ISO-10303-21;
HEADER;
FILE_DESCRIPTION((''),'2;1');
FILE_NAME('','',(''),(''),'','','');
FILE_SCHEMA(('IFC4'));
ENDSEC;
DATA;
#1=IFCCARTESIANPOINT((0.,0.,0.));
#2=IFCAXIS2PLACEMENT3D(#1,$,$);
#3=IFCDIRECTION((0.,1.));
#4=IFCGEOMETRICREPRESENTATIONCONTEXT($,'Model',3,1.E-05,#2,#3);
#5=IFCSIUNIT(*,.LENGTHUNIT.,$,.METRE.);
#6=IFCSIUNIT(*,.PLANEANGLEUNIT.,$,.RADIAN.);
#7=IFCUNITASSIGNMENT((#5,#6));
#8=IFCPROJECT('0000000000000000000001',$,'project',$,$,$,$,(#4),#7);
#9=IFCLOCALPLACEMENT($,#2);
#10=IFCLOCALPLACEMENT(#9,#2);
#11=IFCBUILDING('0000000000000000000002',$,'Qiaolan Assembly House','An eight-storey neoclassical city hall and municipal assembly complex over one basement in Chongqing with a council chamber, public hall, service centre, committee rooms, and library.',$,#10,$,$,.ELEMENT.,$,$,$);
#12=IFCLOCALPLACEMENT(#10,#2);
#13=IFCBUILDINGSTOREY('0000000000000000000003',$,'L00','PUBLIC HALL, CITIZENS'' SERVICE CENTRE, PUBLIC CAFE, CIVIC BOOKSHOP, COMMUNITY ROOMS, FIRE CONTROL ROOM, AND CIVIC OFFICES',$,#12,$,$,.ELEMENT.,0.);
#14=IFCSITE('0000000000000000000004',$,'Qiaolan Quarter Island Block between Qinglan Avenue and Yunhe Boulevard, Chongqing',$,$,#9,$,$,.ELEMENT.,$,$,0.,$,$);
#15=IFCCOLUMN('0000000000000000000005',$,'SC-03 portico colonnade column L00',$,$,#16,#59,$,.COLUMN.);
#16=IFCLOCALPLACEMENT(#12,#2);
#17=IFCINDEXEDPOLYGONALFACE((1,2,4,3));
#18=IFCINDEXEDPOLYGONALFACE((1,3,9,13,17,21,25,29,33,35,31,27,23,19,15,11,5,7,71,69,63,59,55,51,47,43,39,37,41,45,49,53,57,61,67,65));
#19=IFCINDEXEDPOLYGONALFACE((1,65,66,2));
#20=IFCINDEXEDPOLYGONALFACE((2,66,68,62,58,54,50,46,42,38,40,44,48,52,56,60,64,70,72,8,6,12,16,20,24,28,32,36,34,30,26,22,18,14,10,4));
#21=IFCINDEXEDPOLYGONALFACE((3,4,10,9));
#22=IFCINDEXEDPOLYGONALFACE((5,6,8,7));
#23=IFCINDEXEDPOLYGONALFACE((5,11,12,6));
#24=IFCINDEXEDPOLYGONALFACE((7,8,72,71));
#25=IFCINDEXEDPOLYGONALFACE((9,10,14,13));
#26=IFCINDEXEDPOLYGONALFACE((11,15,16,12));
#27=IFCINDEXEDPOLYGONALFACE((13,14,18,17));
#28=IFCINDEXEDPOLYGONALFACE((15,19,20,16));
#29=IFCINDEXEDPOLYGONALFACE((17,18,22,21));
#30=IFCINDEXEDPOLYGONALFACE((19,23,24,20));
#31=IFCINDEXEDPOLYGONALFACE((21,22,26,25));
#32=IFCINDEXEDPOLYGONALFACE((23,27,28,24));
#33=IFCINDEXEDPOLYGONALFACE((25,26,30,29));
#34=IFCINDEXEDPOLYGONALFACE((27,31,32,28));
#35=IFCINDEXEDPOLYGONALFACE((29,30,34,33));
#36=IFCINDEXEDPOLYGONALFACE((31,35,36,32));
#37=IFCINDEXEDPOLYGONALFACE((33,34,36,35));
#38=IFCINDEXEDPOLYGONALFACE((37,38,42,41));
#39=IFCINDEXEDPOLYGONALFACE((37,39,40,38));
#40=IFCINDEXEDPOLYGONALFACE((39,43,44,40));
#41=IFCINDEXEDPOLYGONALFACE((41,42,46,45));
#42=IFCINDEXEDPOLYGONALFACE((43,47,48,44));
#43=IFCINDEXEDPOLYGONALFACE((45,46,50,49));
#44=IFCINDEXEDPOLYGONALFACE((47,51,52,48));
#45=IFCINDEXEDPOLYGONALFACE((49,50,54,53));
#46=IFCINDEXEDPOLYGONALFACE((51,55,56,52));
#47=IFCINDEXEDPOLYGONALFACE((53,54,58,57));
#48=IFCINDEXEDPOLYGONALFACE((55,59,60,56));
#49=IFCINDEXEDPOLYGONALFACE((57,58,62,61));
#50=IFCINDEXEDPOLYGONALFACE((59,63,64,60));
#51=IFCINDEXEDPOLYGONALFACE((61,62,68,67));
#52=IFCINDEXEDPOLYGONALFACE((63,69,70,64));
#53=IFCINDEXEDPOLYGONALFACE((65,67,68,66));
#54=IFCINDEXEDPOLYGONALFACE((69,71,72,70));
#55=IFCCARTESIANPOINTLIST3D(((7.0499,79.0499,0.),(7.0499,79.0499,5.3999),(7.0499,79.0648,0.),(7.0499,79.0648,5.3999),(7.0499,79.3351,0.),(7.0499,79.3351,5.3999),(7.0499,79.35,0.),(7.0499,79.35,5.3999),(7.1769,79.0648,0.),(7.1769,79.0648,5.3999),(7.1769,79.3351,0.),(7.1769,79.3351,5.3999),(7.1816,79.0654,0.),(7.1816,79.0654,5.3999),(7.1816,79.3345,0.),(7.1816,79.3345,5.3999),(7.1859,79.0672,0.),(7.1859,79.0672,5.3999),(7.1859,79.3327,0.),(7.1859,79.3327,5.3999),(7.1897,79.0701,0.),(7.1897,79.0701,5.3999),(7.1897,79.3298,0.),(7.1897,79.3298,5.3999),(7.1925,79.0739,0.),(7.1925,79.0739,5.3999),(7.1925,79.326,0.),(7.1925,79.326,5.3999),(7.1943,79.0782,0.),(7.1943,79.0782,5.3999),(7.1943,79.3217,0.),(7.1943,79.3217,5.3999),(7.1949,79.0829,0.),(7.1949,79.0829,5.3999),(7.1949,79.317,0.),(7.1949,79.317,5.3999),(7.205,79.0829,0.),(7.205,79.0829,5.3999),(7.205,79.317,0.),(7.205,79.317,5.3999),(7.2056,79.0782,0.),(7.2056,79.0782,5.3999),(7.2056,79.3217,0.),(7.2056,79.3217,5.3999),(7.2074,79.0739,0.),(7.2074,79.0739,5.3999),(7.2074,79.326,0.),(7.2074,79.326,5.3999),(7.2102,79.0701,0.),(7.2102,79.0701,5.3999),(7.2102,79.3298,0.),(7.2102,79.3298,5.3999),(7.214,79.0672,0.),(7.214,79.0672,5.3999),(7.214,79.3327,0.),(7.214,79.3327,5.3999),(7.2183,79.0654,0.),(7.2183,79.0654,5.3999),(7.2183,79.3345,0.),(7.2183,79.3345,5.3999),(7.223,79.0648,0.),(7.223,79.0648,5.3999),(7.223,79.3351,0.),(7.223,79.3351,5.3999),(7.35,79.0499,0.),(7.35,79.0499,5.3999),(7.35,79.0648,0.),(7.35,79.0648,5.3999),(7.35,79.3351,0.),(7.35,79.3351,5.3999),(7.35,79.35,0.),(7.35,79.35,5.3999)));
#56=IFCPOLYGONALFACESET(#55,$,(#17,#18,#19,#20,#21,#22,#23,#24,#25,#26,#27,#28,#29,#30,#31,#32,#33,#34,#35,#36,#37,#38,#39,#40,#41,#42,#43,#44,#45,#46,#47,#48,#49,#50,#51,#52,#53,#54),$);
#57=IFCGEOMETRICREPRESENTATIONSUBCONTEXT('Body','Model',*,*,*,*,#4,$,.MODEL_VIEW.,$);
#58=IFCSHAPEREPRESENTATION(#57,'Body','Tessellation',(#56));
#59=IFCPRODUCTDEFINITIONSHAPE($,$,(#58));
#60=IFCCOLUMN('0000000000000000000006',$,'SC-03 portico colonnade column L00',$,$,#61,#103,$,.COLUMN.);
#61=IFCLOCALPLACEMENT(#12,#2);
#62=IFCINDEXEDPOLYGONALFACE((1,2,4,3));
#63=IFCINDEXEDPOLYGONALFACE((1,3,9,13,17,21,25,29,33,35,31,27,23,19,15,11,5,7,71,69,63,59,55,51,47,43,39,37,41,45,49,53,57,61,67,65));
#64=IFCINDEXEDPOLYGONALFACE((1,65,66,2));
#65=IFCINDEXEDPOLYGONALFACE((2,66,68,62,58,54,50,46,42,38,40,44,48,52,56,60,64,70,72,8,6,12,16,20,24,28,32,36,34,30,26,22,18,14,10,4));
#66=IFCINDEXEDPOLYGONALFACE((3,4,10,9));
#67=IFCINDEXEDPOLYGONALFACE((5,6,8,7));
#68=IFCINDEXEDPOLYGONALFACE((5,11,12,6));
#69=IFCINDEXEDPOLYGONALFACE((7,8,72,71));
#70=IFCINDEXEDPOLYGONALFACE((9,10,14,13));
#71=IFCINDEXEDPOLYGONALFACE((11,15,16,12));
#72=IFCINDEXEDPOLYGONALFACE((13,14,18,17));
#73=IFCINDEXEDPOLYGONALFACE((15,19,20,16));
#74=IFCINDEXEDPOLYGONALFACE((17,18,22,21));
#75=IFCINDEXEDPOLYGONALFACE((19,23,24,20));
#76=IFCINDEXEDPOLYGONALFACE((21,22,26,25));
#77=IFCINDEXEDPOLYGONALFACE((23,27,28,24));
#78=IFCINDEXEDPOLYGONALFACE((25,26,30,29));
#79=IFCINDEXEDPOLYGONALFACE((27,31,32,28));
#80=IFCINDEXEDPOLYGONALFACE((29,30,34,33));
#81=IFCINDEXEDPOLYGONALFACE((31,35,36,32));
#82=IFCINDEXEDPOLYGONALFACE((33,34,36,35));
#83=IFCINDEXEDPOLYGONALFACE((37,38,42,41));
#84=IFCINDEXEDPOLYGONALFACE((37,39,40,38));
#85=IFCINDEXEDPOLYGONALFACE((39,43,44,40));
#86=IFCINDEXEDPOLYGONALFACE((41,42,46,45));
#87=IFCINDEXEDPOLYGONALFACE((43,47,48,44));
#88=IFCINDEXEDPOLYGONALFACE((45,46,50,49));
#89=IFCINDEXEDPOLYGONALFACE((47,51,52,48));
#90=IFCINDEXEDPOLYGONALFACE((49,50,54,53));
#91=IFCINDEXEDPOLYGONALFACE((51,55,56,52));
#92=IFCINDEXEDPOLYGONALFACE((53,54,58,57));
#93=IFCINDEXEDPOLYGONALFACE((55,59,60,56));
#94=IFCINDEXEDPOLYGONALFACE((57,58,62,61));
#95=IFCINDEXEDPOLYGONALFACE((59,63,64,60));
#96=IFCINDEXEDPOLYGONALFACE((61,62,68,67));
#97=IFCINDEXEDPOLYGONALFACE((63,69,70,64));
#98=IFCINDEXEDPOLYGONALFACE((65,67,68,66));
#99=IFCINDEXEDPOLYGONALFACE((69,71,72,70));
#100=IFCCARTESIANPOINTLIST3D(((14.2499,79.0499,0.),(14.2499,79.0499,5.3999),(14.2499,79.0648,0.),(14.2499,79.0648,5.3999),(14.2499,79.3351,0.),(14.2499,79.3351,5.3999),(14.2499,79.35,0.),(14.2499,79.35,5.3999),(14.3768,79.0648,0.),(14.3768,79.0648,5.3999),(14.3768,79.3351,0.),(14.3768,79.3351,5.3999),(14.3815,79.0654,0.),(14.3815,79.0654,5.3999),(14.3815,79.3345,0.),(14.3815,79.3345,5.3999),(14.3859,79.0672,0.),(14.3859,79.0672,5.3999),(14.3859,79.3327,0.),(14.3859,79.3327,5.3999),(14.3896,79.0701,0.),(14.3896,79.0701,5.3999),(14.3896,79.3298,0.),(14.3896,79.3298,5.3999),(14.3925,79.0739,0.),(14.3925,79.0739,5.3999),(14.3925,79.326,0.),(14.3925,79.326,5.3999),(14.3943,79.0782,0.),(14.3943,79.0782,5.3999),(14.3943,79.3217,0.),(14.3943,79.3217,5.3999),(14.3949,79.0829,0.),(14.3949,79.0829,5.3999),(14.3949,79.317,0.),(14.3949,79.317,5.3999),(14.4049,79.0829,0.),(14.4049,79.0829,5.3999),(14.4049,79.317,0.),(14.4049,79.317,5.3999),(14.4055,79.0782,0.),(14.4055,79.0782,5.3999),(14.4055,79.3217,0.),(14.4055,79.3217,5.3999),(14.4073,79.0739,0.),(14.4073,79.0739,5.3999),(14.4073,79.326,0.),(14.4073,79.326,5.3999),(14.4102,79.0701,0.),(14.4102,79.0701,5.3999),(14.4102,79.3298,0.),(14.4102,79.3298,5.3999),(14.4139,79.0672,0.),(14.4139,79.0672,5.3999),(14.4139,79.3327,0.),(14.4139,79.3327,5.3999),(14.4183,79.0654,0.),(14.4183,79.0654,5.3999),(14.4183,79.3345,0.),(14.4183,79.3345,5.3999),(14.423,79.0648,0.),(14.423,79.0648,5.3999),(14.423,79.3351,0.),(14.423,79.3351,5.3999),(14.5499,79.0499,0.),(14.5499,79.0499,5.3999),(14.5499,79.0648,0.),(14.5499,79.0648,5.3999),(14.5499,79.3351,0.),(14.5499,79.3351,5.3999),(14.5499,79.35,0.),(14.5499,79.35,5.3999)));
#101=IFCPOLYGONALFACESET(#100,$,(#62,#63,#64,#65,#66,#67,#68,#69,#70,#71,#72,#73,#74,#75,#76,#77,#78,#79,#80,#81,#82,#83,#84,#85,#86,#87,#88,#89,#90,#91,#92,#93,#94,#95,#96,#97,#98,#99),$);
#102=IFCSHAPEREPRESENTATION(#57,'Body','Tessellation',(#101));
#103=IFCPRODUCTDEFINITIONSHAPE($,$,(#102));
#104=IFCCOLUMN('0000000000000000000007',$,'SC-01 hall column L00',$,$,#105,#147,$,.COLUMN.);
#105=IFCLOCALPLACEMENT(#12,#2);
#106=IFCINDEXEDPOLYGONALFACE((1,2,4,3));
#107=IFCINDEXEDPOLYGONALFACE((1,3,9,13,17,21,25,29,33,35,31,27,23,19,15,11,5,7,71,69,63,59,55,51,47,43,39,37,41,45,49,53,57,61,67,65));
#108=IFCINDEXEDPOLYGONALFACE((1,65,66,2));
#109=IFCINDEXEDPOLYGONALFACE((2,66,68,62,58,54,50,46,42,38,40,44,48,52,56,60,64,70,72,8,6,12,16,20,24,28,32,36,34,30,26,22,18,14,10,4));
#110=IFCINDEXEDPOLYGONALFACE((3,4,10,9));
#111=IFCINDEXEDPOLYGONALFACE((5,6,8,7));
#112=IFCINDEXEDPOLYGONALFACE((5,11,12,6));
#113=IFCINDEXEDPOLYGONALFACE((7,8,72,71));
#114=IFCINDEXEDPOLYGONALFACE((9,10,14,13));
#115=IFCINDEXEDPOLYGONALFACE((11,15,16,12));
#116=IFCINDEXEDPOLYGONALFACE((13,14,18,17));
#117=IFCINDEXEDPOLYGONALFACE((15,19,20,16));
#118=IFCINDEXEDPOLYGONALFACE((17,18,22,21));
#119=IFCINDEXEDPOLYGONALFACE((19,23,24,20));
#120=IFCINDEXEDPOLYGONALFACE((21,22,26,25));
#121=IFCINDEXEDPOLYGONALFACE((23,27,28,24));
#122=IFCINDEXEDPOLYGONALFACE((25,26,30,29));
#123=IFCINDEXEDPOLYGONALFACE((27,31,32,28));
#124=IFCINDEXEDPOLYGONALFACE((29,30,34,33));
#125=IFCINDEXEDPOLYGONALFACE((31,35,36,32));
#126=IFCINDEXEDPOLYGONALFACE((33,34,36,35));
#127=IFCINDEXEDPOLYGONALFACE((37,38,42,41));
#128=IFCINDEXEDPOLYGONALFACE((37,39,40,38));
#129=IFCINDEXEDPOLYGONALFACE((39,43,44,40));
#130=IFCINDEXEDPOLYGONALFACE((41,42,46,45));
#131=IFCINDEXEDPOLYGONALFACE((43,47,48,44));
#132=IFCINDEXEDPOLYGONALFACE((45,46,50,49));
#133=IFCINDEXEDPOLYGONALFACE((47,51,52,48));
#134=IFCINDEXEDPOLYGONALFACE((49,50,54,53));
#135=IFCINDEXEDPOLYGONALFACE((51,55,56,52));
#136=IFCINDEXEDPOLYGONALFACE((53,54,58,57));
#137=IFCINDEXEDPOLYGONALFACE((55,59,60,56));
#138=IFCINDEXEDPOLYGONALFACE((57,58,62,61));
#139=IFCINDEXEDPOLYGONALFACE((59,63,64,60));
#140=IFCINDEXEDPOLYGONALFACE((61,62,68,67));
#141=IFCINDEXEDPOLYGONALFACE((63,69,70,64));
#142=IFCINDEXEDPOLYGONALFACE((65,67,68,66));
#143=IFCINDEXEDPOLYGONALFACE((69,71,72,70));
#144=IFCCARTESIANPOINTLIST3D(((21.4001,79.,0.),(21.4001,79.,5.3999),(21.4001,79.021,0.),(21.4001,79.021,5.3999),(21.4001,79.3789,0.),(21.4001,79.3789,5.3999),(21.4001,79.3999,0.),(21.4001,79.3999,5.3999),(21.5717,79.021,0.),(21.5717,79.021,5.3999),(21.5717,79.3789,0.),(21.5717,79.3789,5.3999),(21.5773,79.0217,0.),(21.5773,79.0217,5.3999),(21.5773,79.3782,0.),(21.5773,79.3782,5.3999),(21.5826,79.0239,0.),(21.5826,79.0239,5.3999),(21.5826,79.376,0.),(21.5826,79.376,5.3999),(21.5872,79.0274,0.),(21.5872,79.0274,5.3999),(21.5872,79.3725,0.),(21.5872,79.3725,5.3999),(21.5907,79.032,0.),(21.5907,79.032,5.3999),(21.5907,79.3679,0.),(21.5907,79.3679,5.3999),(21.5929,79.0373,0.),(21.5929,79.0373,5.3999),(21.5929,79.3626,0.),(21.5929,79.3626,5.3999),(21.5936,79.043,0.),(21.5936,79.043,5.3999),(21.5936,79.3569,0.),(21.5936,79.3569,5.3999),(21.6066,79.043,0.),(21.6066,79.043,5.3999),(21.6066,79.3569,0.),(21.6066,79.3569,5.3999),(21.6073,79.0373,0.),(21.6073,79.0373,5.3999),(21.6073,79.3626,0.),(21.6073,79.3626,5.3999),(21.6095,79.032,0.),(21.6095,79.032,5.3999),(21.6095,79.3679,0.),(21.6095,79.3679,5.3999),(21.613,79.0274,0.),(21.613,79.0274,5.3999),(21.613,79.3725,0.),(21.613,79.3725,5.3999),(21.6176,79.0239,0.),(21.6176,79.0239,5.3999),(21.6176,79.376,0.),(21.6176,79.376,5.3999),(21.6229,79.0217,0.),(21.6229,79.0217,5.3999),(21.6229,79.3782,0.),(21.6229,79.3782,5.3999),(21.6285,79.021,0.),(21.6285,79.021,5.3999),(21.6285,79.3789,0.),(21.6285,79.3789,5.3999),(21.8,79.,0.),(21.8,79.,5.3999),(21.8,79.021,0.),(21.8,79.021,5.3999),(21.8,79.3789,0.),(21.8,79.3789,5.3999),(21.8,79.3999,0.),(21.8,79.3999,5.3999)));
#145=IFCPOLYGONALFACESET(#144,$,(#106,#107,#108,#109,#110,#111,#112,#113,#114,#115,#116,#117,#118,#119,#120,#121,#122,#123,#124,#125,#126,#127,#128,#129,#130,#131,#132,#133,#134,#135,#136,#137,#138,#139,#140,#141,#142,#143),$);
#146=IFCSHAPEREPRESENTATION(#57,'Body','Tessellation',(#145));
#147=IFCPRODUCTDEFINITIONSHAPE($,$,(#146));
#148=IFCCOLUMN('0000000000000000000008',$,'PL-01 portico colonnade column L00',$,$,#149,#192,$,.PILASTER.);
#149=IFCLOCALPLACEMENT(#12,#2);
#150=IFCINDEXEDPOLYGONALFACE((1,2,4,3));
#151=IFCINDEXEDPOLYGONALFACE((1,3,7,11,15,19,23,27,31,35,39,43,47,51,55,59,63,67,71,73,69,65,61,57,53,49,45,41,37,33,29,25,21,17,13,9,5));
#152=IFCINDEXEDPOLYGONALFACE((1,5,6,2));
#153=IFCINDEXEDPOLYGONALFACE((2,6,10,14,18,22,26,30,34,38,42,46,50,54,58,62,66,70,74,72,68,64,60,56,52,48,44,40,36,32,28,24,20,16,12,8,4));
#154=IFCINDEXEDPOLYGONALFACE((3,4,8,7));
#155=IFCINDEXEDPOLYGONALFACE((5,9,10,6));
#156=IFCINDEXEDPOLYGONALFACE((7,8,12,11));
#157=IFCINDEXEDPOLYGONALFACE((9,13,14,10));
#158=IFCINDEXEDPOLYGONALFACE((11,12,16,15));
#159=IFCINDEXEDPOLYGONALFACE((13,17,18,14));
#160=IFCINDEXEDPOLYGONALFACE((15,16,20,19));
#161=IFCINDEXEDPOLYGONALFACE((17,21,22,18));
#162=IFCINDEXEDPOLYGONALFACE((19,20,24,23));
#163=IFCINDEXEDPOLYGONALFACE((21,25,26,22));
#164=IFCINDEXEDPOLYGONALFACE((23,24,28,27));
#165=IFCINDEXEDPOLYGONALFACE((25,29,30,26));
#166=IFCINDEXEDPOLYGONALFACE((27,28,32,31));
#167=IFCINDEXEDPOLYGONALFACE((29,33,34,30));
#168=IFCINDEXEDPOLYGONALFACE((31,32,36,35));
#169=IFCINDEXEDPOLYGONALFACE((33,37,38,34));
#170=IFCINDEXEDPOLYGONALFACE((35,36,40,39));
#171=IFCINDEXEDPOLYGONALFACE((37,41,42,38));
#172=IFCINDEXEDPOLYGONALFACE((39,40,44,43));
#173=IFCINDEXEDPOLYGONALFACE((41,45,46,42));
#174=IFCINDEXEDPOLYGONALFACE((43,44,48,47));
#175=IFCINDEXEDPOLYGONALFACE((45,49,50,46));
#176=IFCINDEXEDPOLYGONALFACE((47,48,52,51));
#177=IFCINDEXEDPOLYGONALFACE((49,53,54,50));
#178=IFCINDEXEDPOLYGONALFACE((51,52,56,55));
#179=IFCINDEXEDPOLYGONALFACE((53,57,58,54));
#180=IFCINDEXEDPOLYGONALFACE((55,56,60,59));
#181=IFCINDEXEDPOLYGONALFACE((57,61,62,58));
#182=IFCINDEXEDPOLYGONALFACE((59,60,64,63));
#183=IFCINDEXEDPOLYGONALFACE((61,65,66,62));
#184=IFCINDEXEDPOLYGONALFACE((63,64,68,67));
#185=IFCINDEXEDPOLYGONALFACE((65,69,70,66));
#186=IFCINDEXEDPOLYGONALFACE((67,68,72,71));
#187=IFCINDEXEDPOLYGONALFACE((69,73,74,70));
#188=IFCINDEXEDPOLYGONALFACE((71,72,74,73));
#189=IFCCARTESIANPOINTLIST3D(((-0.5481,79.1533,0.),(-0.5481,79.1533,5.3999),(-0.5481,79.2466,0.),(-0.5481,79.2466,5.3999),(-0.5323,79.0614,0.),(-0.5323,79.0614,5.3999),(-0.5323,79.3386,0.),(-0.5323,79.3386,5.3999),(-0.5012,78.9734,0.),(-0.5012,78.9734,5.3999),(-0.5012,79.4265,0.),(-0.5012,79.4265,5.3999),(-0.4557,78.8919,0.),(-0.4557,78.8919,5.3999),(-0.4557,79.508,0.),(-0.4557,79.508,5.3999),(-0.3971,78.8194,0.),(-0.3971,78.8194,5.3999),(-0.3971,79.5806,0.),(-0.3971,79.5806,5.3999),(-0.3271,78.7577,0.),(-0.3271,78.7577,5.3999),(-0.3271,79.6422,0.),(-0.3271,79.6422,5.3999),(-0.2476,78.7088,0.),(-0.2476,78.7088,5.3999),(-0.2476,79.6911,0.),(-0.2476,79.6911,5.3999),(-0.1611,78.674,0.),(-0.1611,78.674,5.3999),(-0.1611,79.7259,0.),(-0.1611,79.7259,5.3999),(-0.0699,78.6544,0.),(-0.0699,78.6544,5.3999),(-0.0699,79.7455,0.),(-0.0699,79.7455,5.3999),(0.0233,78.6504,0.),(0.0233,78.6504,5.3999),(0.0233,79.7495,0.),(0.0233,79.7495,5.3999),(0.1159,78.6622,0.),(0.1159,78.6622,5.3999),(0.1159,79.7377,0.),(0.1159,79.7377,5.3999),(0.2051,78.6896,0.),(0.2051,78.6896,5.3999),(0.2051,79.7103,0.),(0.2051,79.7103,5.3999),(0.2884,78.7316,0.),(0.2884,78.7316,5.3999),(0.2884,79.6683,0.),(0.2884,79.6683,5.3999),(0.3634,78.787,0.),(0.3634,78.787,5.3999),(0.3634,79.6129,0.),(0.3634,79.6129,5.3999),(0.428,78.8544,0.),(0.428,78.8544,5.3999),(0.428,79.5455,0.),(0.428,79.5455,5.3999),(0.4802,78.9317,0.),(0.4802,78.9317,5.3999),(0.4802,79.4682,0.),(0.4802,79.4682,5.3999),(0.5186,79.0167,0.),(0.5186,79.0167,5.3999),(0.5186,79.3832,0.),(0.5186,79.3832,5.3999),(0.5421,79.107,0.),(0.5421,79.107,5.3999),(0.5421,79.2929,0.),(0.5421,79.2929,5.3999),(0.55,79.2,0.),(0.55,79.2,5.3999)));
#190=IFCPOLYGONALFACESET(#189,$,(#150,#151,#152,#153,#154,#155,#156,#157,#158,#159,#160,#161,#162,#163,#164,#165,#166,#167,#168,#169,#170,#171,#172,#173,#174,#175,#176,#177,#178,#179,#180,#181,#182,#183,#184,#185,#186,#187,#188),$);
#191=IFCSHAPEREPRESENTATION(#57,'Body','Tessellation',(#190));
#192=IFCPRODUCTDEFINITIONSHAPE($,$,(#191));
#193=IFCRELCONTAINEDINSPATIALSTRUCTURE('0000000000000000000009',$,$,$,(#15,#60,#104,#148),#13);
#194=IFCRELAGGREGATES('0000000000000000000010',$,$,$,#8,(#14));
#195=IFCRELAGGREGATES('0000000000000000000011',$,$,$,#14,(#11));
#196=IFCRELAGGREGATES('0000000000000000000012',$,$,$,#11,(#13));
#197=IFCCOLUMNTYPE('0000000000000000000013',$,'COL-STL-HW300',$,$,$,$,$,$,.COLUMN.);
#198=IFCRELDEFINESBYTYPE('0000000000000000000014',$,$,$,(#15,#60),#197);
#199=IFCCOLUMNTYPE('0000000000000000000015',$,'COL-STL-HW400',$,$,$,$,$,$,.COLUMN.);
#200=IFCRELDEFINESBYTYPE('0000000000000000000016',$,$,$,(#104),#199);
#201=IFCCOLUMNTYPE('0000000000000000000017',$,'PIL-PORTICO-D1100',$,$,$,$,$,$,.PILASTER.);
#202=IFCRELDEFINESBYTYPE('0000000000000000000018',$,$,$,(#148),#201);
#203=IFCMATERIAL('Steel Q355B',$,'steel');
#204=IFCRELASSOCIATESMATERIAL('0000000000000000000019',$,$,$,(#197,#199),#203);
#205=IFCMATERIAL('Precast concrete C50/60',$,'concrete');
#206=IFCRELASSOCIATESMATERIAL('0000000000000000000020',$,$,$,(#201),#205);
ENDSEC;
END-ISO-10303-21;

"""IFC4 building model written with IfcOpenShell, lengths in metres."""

from ifc_helpers import new_model, si_unit, direction, frame, origin, origin_2d, place, context, subcontext, project, spatial, circle, i_section, extrude, material, material_profile, profile_set, type_object, element, save


model = new_model("IFC4")

# Units and contexts
model_context = context("Model", 3, precision=1e-05, world=origin(), true_north=direction((0.0, 1.0)))
body_context = subcontext(model_context, "Body", "Model", "MODEL_VIEW")
ifc_project = project(units=[si_unit("LENGTHUNIT", "METRE"), si_unit("PLANEANGLEUNIT", "RADIAN")], contexts=[model_context])

# Site, building, storey
site_placement = place(None, origin())
site = spatial("IfcSite", under=ifc_project, at=site_placement, Name="Qiaolan Quarter Island Block between Qinglan Avenue and Yunhe Boulevard, Chongqing", CompositionType="ELEMENT", RefElevation=0.0)
building_placement = place(site_placement, origin())
building = spatial("IfcBuilding", under=site, at=building_placement, Name="Qiaolan Assembly House", Description="An eight-storey neoclassical city hall and municipal assembly complex over one basement in Chongqing with a council chamber, public hall, service centre, committee rooms, and library.", CompositionType="ELEMENT")
storey_placement = place(building_placement, origin())
storey = spatial("IfcBuildingStorey", under=building, at=storey_placement, Name="L00", Description="PUBLIC HALL, CITIZENS' SERVICE CENTRE, PUBLIC CAFE, CIVIC BOOKSHOP, COMMUNITY ROOMS, FIRE CONTROL ROOM, AND CIVIC OFFICES", CompositionType="ELEMENT", Elevation=0.0)

# Columns
ifc_material_1 = material(Name="Steel Q355B", Category="steel")
ifc_material_profile_1 = material_profile(ifc_material_1, i_section(OverallWidth=0.3, OverallDepth=0.3, WebThickness=0.01, FlangeThickness=0.0149, FilletRadius=0.0181, at=origin_2d()), Name="HW 300x300x10x15")
ifc_profile_set_1 = profile_set([ifc_material_profile_1], Name="Steel Q355B")
column_type_1 = type_object("IfcColumnType", Name="COL-STL-HW300", PredefinedType="COLUMN", material=ifc_profile_set_1)
for number, where, z_axis, x_axis, name in (
    (1, (7.2, 79.2, 0.0), (0.0, 0.0, 1.0), (1.0, 0.0, 0.0), "SC-03 portico colonnade column L00"),
    (2, (14.3999, 79.2, 0.0), (0.0, 0.0, 1.0), (1.0, 0.0, 0.0), "SC-03 portico colonnade column L00"),
):
    element("IfcColumn", number, at=place(storey_placement, frame(where, z_axis=z_axis, x_axis=x_axis)), inside=storey, type_object=column_type_1, Name=name, PredefinedType="COLUMN", context=body_context, shape_type="SweptSolid", body=[
        extrude(i_section(OverallWidth=0.3, OverallDepth=0.3, WebThickness=0.01, FlangeThickness=0.0149, FilletRadius=0.0181, at=origin_2d()), origin(), (0.0, 0.0, 1.0), 5.3999),
    ])
ifc_material_profile_2 = material_profile(ifc_material_1, i_section(OverallWidth=0.3999, OverallDepth=0.3999, WebThickness=0.0129, FlangeThickness=0.021, FilletRadius=0.022, at=origin_2d()), Name="HW 400x400x13x21")
ifc_profile_set_2 = profile_set([ifc_material_profile_2], Name="Steel Q355B")
column_type_2 = type_object("IfcColumnType", Name="COL-STL-HW400", PredefinedType="COLUMN", material=ifc_profile_set_2)
column_1_placement = place(storey_placement, frame((21.6001, 79.2, 0.0), z_axis=(0.0, 0.0, 1.0), x_axis=(1.0, 0.0, 0.0)))
element("IfcColumn", 3, at=column_1_placement, inside=storey, type_object=column_type_2, Name="SC-01 hall column L00", PredefinedType="COLUMN", context=body_context, shape_type="SweptSolid", body=[
    extrude(i_section(OverallWidth=0.3999, OverallDepth=0.3999, WebThickness=0.0129, FlangeThickness=0.021, FilletRadius=0.022, at=origin_2d()), origin(), (0.0, 0.0, 1.0), 5.3999),
])
ifc_material_2 = material(Name="Precast concrete C50/60", Category="concrete")
ifc_material_profile_3 = material_profile(ifc_material_2, circle(Radius=0.55, at=origin_2d()), Name="CIRC D1100")
ifc_profile_set_3 = profile_set([ifc_material_profile_3], Name="Precast concrete C50/60")
column_type_3 = type_object("IfcColumnType", Name="PIL-PORTICO-D1100", PredefinedType="PILASTER", material=ifc_profile_set_3)
column_2_placement = place(storey_placement, frame((0.0, 79.2, 0.0), z_axis=(0.0, 0.0, 1.0), x_axis=(1.0, 0.0, 0.0)))
element("IfcColumn", 4, at=column_2_placement, inside=storey, type_object=column_type_3, Name="PL-01 portico colonnade column L00", PredefinedType="PILASTER", context=body_context, shape_type="SweptSolid", body=[
    extrude(circle(Radius=0.55, at=origin_2d()), origin(), (0.0, 0.0, 1.0), 5.3999),
])

save(model, "model.ifc")
